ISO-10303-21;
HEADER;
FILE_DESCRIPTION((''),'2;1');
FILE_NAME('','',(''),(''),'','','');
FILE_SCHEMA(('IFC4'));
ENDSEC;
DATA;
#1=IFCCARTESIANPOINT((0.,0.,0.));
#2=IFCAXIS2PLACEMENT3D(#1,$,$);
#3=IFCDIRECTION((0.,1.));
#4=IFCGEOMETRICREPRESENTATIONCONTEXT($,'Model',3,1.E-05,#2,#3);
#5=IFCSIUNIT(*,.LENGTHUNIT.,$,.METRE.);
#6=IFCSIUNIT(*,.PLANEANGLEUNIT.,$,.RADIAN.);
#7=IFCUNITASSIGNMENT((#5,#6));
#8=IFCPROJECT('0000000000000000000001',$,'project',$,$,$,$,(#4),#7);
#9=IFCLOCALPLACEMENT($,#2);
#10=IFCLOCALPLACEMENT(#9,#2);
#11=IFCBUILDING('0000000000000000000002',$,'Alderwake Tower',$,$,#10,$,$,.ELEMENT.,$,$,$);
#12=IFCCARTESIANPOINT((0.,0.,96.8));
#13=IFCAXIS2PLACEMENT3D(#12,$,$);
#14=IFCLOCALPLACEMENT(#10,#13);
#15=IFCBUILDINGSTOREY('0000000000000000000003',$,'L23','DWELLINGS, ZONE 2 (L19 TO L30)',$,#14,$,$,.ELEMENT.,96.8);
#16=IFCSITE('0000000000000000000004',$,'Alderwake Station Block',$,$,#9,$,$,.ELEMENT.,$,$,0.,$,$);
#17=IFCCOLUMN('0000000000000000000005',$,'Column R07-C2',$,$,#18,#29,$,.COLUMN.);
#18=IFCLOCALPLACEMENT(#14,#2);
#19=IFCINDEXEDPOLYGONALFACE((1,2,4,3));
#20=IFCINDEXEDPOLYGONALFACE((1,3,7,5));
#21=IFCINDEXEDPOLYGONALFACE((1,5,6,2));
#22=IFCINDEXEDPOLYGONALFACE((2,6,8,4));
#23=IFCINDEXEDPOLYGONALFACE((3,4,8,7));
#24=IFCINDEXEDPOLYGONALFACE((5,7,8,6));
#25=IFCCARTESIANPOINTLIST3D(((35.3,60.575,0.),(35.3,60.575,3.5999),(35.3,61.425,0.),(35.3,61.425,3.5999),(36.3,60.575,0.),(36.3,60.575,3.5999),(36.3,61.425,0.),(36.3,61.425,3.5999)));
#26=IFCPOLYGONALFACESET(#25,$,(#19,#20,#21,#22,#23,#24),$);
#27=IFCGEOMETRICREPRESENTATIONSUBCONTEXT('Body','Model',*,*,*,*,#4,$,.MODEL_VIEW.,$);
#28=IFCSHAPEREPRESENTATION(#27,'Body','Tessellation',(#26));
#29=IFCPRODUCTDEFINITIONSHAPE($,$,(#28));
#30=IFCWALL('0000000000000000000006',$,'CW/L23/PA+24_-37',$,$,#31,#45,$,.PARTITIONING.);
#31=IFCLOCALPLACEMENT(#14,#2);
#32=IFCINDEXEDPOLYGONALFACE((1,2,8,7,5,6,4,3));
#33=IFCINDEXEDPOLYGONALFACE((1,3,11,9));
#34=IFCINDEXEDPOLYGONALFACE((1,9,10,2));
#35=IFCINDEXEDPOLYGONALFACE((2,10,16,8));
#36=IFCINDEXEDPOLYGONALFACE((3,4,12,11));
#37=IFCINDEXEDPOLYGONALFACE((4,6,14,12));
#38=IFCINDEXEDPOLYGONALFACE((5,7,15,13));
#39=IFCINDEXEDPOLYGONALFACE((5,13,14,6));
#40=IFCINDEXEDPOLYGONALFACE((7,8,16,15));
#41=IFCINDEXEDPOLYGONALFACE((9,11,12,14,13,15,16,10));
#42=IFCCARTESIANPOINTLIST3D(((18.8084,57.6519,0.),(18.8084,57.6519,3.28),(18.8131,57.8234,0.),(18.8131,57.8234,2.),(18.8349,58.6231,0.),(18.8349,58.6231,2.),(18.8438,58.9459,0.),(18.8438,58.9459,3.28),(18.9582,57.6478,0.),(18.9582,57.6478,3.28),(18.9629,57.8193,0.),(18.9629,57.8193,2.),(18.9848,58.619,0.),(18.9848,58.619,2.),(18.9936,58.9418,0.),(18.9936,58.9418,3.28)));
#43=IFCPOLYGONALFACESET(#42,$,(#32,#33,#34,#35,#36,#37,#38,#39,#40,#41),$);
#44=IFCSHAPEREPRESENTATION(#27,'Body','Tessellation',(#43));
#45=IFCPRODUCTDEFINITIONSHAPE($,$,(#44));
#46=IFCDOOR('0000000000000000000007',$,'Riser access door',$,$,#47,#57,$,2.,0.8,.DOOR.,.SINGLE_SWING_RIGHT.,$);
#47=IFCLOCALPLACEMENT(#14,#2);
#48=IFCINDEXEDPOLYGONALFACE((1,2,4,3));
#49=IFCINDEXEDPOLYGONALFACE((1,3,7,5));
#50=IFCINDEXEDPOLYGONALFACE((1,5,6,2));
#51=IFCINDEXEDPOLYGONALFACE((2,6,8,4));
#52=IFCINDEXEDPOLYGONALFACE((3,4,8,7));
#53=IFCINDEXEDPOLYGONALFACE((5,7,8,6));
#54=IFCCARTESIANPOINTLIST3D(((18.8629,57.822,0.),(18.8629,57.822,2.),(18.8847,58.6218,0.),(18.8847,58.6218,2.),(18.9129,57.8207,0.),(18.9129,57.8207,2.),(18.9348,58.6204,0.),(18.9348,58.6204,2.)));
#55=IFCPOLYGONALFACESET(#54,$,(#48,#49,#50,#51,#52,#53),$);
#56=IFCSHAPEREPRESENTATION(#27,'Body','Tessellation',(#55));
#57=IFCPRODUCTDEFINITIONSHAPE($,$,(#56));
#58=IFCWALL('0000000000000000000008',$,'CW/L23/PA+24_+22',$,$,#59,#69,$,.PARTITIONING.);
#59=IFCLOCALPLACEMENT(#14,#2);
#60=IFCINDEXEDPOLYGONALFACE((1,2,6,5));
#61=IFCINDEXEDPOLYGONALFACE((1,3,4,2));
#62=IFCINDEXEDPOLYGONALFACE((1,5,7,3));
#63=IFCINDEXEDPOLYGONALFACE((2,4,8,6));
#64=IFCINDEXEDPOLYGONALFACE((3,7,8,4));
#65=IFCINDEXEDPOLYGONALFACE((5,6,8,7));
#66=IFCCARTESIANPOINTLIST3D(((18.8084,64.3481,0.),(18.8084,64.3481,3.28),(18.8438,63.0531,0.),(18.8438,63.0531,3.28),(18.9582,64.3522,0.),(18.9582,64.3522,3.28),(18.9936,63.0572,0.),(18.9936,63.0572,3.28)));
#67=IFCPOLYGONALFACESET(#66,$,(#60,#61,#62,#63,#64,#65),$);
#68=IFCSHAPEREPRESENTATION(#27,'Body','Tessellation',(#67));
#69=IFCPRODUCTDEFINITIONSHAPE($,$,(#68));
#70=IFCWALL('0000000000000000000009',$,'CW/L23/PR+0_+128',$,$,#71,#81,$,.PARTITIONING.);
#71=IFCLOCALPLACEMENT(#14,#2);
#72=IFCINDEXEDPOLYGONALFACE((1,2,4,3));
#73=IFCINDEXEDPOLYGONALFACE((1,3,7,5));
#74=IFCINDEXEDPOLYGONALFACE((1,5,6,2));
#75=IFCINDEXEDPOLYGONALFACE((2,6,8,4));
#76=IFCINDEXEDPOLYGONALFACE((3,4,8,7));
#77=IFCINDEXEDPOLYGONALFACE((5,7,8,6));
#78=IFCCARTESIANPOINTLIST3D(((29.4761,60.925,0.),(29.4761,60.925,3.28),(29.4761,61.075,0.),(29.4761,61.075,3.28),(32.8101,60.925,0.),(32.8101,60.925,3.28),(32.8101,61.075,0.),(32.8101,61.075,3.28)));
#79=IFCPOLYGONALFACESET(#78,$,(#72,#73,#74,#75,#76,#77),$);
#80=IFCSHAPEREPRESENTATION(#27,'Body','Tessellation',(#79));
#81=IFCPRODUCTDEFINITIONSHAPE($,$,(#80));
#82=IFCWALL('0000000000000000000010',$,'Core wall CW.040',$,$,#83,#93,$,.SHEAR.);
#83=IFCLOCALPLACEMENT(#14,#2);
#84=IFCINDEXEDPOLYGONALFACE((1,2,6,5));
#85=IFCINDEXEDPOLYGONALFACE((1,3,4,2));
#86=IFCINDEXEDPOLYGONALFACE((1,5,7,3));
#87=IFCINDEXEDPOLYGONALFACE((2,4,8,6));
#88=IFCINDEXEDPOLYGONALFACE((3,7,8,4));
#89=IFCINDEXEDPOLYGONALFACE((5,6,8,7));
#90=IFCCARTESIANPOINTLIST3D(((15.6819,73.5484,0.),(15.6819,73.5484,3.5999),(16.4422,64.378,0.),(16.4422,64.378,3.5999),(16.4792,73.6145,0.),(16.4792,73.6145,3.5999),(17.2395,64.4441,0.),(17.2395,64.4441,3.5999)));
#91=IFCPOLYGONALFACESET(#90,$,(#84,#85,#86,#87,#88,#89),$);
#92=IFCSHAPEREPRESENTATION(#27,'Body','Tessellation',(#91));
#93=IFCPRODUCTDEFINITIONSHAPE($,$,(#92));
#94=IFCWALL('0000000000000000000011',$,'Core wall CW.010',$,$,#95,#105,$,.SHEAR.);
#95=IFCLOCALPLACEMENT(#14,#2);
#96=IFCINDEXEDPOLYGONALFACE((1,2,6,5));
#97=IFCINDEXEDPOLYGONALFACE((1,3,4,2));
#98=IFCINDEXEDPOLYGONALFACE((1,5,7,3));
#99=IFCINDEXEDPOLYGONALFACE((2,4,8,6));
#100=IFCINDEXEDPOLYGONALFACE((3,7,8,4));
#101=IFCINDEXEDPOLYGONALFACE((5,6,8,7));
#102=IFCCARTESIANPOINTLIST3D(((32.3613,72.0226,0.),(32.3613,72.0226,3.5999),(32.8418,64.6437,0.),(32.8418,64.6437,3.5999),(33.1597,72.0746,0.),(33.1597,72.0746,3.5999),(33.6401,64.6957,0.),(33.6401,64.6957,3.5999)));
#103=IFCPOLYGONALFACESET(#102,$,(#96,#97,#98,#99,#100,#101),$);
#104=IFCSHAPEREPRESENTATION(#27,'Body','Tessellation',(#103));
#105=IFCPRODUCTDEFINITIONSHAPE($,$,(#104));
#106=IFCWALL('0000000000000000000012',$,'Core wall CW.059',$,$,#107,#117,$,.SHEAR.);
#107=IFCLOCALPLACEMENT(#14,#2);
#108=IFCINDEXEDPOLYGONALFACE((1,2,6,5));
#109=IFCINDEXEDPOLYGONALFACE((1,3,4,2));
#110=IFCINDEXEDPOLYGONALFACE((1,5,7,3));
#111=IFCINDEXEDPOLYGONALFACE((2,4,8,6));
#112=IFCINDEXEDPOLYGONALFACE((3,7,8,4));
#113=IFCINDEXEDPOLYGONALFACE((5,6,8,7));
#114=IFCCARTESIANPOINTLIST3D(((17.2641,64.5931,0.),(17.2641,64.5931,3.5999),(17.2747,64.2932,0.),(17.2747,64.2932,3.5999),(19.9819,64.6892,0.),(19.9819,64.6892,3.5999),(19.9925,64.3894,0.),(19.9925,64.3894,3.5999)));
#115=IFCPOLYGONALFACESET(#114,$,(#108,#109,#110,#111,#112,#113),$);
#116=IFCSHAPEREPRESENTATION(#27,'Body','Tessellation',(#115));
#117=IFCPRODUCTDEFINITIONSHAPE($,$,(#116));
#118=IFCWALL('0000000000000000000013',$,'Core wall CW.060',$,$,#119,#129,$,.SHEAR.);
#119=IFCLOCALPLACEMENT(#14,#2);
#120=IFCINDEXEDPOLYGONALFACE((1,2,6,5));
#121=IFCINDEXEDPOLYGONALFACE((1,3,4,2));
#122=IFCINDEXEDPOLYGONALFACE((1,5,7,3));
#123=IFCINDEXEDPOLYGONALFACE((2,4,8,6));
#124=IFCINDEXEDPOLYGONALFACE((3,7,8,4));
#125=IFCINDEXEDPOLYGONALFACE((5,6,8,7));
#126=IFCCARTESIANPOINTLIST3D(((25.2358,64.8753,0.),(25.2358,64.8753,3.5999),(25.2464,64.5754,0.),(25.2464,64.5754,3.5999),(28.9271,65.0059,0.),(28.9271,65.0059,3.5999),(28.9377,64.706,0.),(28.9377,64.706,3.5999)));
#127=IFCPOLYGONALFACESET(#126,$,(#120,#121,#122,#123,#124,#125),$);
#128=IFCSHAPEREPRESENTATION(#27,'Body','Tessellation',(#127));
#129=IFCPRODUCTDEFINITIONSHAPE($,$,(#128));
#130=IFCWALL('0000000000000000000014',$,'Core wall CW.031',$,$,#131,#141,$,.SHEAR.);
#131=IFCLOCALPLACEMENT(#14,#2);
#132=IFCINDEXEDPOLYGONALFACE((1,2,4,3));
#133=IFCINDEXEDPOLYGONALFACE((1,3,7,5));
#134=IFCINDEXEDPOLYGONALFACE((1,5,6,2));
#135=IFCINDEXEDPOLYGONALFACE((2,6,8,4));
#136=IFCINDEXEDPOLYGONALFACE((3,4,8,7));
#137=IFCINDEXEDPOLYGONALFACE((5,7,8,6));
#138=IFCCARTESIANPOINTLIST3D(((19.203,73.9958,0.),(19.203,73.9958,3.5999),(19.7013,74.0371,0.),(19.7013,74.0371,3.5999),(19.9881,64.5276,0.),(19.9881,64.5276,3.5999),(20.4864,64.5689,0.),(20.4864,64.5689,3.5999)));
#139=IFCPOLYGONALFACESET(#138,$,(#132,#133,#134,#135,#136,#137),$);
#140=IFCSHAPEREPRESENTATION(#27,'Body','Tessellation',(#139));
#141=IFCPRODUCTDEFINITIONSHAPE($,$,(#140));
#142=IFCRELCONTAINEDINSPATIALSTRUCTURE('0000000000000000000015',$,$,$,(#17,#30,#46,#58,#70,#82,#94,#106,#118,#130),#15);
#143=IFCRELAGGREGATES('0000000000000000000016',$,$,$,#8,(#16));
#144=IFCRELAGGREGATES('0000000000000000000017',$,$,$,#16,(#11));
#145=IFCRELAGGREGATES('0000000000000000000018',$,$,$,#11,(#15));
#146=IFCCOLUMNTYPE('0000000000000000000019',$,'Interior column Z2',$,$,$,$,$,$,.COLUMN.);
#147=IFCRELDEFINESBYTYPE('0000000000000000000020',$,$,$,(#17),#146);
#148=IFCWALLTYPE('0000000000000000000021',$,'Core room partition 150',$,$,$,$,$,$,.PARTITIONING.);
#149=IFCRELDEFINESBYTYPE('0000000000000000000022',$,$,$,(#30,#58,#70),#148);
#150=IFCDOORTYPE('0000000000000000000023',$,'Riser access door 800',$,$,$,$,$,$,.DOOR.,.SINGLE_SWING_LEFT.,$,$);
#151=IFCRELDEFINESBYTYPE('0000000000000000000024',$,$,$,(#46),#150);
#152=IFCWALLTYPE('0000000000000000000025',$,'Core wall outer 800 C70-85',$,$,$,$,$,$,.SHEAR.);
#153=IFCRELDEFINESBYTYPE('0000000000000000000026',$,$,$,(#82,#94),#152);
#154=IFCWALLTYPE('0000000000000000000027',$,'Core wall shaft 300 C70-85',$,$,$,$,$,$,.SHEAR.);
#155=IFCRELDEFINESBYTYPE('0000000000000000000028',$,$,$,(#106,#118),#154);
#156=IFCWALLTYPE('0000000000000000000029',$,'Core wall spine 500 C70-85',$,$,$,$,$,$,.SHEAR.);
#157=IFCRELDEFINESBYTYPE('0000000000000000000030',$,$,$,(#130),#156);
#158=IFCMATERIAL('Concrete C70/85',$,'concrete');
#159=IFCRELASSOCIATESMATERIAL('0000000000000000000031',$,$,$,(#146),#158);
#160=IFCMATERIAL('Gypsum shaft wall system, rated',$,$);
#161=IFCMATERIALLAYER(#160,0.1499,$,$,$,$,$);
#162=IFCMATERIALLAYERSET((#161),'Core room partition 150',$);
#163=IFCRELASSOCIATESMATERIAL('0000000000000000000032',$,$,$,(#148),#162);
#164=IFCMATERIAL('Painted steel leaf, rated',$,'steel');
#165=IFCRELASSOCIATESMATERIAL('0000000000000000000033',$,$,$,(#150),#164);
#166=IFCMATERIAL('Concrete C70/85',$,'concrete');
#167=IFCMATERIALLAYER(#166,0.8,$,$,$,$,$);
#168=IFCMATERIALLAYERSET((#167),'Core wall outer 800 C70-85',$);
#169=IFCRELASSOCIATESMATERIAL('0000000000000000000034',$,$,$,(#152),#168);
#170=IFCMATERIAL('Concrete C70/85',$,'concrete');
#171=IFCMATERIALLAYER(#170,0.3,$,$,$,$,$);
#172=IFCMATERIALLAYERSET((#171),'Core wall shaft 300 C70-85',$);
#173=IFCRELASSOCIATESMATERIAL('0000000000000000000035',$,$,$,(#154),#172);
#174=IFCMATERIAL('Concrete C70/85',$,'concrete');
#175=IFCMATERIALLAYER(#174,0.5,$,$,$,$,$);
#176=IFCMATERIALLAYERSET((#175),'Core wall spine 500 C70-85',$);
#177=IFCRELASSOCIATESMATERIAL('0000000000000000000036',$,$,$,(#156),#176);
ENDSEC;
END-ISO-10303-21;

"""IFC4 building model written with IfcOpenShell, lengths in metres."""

from ifc_helpers import new_model, si_unit, direction, frame, frame_2d, origin, origin_2d, place, context, subcontext, project, spatial, rectangle, extrude, material, layer, layer_set, material_profile, profile_set, type_object, element, fill, save


model = new_model("IFC4")

# Units and contexts
model_context = context("Model", 3, precision=1e-05, world=origin(), true_north=direction((0.0, 1.0)))
body_context = subcontext(model_context, "Body", "Model", "MODEL_VIEW")
ifc_project = project(units=[si_unit("LENGTHUNIT", "METRE"), si_unit("PLANEANGLEUNIT", "RADIAN")], contexts=[model_context])

# Site, building, storey
site_placement = place(None, origin())
site = spatial("IfcSite", under=ifc_project, at=site_placement, Name="Alderwake Station Block", CompositionType="ELEMENT", RefElevation=0.0)
building_placement = place(site_placement, origin())
building = spatial("IfcBuilding", under=site, at=building_placement, Name="Alderwake Tower", CompositionType="ELEMENT")
storey_placement = place(building_placement, frame((0.0, 0.0, 96.8)))
storey = spatial("IfcBuildingStorey", under=building, at=storey_placement, Name="L23", Description="DWELLINGS, ZONE 2 (L19 TO L30)", CompositionType="ELEMENT", Elevation=96.8)

# Column
ifc_material_1 = material(Name="Concrete C70/85", Category="concrete")
ifc_material_profile = material_profile(ifc_material_1, rectangle(XDim=0.8501, YDim=1.0, at=origin_2d()), Name="RC 1000X850")
ifc_profile_set = profile_set([ifc_material_profile], Name="Concrete C70/85")
column_type = type_object("IfcColumnType", Name="Interior column Z2", PredefinedType="COLUMN", material=ifc_profile_set)
column_placement = place(storey_placement, frame((35.8, 61.0, 0.0), z_axis=(0.0, 0.0, 1.0), x_axis=(0.0, 1.0, 0.0)))
element("IfcColumn", 1, at=column_placement, inside=storey, type_object=column_type, Name="Column R07-C2", PredefinedType="COLUMN", context=body_context, shape_type="SweptSolid", body=[
    extrude(rectangle(XDim=0.8501, YDim=1.0, at=origin_2d()), origin(), (0.0, 0.0, 1.0), 3.5999),
])

# Wall, opening, door
ifc_material_2 = material(Name="Gypsum shaft wall system, rated")
ifc_layer_1 = layer(ifc_material_2, 0.1499)
ifc_layer_set_1 = layer_set([ifc_layer_1], Name="Core room partition 150")
wall_type_1 = type_object("IfcWallType", Name="Core room partition 150", PredefinedType="PARTITIONING", material=ifc_layer_set_1)
wall_1_placement = place(storey_placement, frame((18.9187, 58.9438, 0.0), z_axis=(0.0, 0.0, 1.0), x_axis=(-0.027348, -0.999626, 0.0)))
wall_1 = element("IfcWall", 2, at=wall_1_placement, inside=storey, type_object=wall_type_1, Name="CW/L23/PA+24_-37", PredefinedType="PARTITIONING", context=body_context, shape_type="SweptSolid", body=[
    extrude(rectangle(XDim=1.2944, YDim=0.1499, at=frame_2d((0.6472, 0.0))), origin(), (0.0, 0.0, 1.0), 3.28),
])
opening_1_placement = place(wall_1_placement, frame((0.323, 0.0, 0.0)))
opening_1 = element("IfcOpeningElement", 3, at=opening_1_placement, cuts=wall_1, PredefinedType="OPENING", context=body_context, shape_type="SweptSolid", body=[
    extrude(rectangle(XDim=0.8, YDim=2.0, at=frame_2d((0.3999, 1.0))), frame((0.0, 0.085, 0.0), z_axis=(0.0, -1.0, 0.0), x_axis=(1.0, 0.0, 0.0)), (0.0, 0.0, 1.0), 0.1699),
])
ifc_material_3 = material(Name="Painted steel leaf, rated", Category="steel")
door_type_1 = type_object("IfcDoorType", Name="Riser access door 800", OperationType="SINGLE_SWING_LEFT", PredefinedType="DOOR", material=ifc_material_3)
door_1_placement = place(opening_1_placement, origin())
door_1 = element("IfcDoor", 4, at=door_1_placement, inside=storey, type_object=door_type_1, Name="Riser access door", OperationType="SINGLE_SWING_RIGHT", OverallHeight=2.0, OverallWidth=0.8, PredefinedType="DOOR", context=body_context, shape_type="SweptSolid", body=[
    extrude(rectangle(XDim=0.8, YDim=2.0, at=frame_2d((0.3999, 1.0))), frame((0.0, 0.0249, 0.0), z_axis=(0.0, -1.0, 0.0), x_axis=(1.0, 0.0, 0.0)), (0.0, 0.0, 1.0), 0.05),
])
fill(opening_1, door_1)

# Walls
wall_2_placement = place(storey_placement, frame((18.9187, 63.0552, 0.0), z_axis=(0.0, 0.0, 1.0), x_axis=(-0.027328, 0.999627, 0.0)))
element("IfcWall", 5, at=wall_2_placement, inside=storey, type_object=wall_type_1, Name="CW/L23/PA+24_+22", PredefinedType="PARTITIONING", context=body_context, shape_type="SweptSolid", body=[
    extrude(rectangle(XDim=1.2954, YDim=0.1499, at=frame_2d((0.6477, 0.0))), origin(), (0.0, 0.0, 1.0), 3.28),
])
wall_3_placement = place(storey_placement, frame((29.4761, 61.0, 0.0), z_axis=(0.0, 0.0, 1.0), x_axis=(1.0, 0.0, 0.0)))
element("IfcWall", 6, at=wall_3_placement, inside=storey, type_object=wall_type_1, Name="CW/L23/PR+0_+128", PredefinedType="PARTITIONING", context=body_context, shape_type="SweptSolid", body=[
    extrude(rectangle(XDim=3.334, YDim=0.1499, at=frame_2d((1.667, 0.0))), origin(), (0.0, 0.0, 1.0), 3.28),
])
ifc_material_4 = material(Name="Concrete C70/85", Category="concrete")
ifc_layer_2 = layer(ifc_material_4, 0.8)
ifc_layer_set_2 = layer_set([ifc_layer_2], Name="Core wall outer 800 C70-85")
wall_type_2 = type_object("IfcWallType", Name="Core wall outer 800 C70-85", PredefinedType="SHEAR", material=ifc_layer_set_2)
wall_4_placement = place(storey_placement, frame((16.8408, 64.4109, 0.0), z_axis=(0.0, 0.0, 1.0), x_axis=(-0.08262, 0.996581, 0.0)))
element("IfcWall", 7, at=wall_4_placement, inside=storey, type_object=wall_type_2, Name="Core wall CW.040", PredefinedType="SHEAR", context=body_context, shape_type="SweptSolid", body=[
    extrude(rectangle(XDim=9.2019, YDim=0.8, at=frame_2d((4.6011, 0.0))), origin(), (0.0, 0.0, 1.0), 3.5999),
])
wall_5_placement = place(storey_placement, frame((33.241, 64.6697, 0.0), z_axis=(0.0, 0.0, 1.0), x_axis=(-0.064976, 0.997887, 0.0)))
element("IfcWall", 8, at=wall_5_placement, inside=storey, type_object=wall_type_2, Name="Core wall CW.010", PredefinedType="SHEAR", context=body_context, shape_type="SweptSolid", body=[
    extrude(rectangle(XDim=7.3945, YDim=0.8, at=frame_2d((3.6973, 0.0))), origin(), (0.0, 0.0, 1.0), 3.5999),
])
ifc_material_5 = material(Name="Concrete C70/85", Category="concrete")
ifc_layer_3 = layer(ifc_material_5, 0.3)
ifc_layer_set_3 = layer_set([ifc_layer_3], Name="Core wall shaft 300 C70-85")
wall_type_3 = type_object("IfcWallType", Name="Core wall shaft 300 C70-85", PredefinedType="SHEAR", material=ifc_layer_set_3)
wall_6_placement = place(storey_placement, frame((17.2693, 64.4431, 0.0), z_axis=(0.0, 0.0, 1.0), x_axis=(0.999374, 0.035371, 0.0)))
element("IfcWall", 9, at=wall_6_placement, inside=storey, type_object=wall_type_3, Name="Core wall CW.059", PredefinedType="SHEAR", context=body_context, shape_type="SweptSolid", body=[
    extrude(rectangle(XDim=2.7195, YDim=0.3, at=frame_2d((1.3599, 0.0))), origin(), (0.0, 0.0, 1.0), 3.5999),
])
wall_7_placement = place(storey_placement, frame((25.2412, 64.7253, 0.0), z_axis=(0.0, 0.0, 1.0), x_axis=(0.999375, 0.035361, 0.0)))
element("IfcWall", 10, at=wall_7_placement, inside=storey, type_object=wall_type_3, Name="Core wall CW.060", PredefinedType="SHEAR", context=body_context, shape_type="SweptSolid", body=[
    extrude(rectangle(XDim=3.6936, YDim=0.3, at=frame_2d((1.8467, 0.0))), origin(), (0.0, 0.0, 1.0), 3.5999),
])
ifc_material_6 = material(Name="Concrete C70/85", Category="concrete")
ifc_layer_4 = layer(ifc_material_6, 0.5)
ifc_layer_set_4 = layer_set([ifc_layer_4], Name="Core wall spine 500 C70-85")
wall_type_4 = type_object("IfcWallType", Name="Core wall spine 500 C70-85", PredefinedType="SHEAR", material=ifc_layer_set_4)
wall_8_placement = place(storey_placement, frame((20.2373, 64.5481, 0.0), z_axis=(0.0, 0.0, 1.0), x_axis=(-0.082641, 0.996579, 0.0)))
element("IfcWall", 11, at=wall_8_placement, inside=storey, type_object=wall_type_4, Name="Core wall CW.031", PredefinedType="SHEAR", context=body_context, shape_type="SweptSolid", body=[
    extrude(rectangle(XDim=9.5007, YDim=0.5, at=frame_2d((4.7505, 0.0))), origin(), (0.0, 0.0, 1.0), 3.5999),
])

save(model, "model.ifc")
